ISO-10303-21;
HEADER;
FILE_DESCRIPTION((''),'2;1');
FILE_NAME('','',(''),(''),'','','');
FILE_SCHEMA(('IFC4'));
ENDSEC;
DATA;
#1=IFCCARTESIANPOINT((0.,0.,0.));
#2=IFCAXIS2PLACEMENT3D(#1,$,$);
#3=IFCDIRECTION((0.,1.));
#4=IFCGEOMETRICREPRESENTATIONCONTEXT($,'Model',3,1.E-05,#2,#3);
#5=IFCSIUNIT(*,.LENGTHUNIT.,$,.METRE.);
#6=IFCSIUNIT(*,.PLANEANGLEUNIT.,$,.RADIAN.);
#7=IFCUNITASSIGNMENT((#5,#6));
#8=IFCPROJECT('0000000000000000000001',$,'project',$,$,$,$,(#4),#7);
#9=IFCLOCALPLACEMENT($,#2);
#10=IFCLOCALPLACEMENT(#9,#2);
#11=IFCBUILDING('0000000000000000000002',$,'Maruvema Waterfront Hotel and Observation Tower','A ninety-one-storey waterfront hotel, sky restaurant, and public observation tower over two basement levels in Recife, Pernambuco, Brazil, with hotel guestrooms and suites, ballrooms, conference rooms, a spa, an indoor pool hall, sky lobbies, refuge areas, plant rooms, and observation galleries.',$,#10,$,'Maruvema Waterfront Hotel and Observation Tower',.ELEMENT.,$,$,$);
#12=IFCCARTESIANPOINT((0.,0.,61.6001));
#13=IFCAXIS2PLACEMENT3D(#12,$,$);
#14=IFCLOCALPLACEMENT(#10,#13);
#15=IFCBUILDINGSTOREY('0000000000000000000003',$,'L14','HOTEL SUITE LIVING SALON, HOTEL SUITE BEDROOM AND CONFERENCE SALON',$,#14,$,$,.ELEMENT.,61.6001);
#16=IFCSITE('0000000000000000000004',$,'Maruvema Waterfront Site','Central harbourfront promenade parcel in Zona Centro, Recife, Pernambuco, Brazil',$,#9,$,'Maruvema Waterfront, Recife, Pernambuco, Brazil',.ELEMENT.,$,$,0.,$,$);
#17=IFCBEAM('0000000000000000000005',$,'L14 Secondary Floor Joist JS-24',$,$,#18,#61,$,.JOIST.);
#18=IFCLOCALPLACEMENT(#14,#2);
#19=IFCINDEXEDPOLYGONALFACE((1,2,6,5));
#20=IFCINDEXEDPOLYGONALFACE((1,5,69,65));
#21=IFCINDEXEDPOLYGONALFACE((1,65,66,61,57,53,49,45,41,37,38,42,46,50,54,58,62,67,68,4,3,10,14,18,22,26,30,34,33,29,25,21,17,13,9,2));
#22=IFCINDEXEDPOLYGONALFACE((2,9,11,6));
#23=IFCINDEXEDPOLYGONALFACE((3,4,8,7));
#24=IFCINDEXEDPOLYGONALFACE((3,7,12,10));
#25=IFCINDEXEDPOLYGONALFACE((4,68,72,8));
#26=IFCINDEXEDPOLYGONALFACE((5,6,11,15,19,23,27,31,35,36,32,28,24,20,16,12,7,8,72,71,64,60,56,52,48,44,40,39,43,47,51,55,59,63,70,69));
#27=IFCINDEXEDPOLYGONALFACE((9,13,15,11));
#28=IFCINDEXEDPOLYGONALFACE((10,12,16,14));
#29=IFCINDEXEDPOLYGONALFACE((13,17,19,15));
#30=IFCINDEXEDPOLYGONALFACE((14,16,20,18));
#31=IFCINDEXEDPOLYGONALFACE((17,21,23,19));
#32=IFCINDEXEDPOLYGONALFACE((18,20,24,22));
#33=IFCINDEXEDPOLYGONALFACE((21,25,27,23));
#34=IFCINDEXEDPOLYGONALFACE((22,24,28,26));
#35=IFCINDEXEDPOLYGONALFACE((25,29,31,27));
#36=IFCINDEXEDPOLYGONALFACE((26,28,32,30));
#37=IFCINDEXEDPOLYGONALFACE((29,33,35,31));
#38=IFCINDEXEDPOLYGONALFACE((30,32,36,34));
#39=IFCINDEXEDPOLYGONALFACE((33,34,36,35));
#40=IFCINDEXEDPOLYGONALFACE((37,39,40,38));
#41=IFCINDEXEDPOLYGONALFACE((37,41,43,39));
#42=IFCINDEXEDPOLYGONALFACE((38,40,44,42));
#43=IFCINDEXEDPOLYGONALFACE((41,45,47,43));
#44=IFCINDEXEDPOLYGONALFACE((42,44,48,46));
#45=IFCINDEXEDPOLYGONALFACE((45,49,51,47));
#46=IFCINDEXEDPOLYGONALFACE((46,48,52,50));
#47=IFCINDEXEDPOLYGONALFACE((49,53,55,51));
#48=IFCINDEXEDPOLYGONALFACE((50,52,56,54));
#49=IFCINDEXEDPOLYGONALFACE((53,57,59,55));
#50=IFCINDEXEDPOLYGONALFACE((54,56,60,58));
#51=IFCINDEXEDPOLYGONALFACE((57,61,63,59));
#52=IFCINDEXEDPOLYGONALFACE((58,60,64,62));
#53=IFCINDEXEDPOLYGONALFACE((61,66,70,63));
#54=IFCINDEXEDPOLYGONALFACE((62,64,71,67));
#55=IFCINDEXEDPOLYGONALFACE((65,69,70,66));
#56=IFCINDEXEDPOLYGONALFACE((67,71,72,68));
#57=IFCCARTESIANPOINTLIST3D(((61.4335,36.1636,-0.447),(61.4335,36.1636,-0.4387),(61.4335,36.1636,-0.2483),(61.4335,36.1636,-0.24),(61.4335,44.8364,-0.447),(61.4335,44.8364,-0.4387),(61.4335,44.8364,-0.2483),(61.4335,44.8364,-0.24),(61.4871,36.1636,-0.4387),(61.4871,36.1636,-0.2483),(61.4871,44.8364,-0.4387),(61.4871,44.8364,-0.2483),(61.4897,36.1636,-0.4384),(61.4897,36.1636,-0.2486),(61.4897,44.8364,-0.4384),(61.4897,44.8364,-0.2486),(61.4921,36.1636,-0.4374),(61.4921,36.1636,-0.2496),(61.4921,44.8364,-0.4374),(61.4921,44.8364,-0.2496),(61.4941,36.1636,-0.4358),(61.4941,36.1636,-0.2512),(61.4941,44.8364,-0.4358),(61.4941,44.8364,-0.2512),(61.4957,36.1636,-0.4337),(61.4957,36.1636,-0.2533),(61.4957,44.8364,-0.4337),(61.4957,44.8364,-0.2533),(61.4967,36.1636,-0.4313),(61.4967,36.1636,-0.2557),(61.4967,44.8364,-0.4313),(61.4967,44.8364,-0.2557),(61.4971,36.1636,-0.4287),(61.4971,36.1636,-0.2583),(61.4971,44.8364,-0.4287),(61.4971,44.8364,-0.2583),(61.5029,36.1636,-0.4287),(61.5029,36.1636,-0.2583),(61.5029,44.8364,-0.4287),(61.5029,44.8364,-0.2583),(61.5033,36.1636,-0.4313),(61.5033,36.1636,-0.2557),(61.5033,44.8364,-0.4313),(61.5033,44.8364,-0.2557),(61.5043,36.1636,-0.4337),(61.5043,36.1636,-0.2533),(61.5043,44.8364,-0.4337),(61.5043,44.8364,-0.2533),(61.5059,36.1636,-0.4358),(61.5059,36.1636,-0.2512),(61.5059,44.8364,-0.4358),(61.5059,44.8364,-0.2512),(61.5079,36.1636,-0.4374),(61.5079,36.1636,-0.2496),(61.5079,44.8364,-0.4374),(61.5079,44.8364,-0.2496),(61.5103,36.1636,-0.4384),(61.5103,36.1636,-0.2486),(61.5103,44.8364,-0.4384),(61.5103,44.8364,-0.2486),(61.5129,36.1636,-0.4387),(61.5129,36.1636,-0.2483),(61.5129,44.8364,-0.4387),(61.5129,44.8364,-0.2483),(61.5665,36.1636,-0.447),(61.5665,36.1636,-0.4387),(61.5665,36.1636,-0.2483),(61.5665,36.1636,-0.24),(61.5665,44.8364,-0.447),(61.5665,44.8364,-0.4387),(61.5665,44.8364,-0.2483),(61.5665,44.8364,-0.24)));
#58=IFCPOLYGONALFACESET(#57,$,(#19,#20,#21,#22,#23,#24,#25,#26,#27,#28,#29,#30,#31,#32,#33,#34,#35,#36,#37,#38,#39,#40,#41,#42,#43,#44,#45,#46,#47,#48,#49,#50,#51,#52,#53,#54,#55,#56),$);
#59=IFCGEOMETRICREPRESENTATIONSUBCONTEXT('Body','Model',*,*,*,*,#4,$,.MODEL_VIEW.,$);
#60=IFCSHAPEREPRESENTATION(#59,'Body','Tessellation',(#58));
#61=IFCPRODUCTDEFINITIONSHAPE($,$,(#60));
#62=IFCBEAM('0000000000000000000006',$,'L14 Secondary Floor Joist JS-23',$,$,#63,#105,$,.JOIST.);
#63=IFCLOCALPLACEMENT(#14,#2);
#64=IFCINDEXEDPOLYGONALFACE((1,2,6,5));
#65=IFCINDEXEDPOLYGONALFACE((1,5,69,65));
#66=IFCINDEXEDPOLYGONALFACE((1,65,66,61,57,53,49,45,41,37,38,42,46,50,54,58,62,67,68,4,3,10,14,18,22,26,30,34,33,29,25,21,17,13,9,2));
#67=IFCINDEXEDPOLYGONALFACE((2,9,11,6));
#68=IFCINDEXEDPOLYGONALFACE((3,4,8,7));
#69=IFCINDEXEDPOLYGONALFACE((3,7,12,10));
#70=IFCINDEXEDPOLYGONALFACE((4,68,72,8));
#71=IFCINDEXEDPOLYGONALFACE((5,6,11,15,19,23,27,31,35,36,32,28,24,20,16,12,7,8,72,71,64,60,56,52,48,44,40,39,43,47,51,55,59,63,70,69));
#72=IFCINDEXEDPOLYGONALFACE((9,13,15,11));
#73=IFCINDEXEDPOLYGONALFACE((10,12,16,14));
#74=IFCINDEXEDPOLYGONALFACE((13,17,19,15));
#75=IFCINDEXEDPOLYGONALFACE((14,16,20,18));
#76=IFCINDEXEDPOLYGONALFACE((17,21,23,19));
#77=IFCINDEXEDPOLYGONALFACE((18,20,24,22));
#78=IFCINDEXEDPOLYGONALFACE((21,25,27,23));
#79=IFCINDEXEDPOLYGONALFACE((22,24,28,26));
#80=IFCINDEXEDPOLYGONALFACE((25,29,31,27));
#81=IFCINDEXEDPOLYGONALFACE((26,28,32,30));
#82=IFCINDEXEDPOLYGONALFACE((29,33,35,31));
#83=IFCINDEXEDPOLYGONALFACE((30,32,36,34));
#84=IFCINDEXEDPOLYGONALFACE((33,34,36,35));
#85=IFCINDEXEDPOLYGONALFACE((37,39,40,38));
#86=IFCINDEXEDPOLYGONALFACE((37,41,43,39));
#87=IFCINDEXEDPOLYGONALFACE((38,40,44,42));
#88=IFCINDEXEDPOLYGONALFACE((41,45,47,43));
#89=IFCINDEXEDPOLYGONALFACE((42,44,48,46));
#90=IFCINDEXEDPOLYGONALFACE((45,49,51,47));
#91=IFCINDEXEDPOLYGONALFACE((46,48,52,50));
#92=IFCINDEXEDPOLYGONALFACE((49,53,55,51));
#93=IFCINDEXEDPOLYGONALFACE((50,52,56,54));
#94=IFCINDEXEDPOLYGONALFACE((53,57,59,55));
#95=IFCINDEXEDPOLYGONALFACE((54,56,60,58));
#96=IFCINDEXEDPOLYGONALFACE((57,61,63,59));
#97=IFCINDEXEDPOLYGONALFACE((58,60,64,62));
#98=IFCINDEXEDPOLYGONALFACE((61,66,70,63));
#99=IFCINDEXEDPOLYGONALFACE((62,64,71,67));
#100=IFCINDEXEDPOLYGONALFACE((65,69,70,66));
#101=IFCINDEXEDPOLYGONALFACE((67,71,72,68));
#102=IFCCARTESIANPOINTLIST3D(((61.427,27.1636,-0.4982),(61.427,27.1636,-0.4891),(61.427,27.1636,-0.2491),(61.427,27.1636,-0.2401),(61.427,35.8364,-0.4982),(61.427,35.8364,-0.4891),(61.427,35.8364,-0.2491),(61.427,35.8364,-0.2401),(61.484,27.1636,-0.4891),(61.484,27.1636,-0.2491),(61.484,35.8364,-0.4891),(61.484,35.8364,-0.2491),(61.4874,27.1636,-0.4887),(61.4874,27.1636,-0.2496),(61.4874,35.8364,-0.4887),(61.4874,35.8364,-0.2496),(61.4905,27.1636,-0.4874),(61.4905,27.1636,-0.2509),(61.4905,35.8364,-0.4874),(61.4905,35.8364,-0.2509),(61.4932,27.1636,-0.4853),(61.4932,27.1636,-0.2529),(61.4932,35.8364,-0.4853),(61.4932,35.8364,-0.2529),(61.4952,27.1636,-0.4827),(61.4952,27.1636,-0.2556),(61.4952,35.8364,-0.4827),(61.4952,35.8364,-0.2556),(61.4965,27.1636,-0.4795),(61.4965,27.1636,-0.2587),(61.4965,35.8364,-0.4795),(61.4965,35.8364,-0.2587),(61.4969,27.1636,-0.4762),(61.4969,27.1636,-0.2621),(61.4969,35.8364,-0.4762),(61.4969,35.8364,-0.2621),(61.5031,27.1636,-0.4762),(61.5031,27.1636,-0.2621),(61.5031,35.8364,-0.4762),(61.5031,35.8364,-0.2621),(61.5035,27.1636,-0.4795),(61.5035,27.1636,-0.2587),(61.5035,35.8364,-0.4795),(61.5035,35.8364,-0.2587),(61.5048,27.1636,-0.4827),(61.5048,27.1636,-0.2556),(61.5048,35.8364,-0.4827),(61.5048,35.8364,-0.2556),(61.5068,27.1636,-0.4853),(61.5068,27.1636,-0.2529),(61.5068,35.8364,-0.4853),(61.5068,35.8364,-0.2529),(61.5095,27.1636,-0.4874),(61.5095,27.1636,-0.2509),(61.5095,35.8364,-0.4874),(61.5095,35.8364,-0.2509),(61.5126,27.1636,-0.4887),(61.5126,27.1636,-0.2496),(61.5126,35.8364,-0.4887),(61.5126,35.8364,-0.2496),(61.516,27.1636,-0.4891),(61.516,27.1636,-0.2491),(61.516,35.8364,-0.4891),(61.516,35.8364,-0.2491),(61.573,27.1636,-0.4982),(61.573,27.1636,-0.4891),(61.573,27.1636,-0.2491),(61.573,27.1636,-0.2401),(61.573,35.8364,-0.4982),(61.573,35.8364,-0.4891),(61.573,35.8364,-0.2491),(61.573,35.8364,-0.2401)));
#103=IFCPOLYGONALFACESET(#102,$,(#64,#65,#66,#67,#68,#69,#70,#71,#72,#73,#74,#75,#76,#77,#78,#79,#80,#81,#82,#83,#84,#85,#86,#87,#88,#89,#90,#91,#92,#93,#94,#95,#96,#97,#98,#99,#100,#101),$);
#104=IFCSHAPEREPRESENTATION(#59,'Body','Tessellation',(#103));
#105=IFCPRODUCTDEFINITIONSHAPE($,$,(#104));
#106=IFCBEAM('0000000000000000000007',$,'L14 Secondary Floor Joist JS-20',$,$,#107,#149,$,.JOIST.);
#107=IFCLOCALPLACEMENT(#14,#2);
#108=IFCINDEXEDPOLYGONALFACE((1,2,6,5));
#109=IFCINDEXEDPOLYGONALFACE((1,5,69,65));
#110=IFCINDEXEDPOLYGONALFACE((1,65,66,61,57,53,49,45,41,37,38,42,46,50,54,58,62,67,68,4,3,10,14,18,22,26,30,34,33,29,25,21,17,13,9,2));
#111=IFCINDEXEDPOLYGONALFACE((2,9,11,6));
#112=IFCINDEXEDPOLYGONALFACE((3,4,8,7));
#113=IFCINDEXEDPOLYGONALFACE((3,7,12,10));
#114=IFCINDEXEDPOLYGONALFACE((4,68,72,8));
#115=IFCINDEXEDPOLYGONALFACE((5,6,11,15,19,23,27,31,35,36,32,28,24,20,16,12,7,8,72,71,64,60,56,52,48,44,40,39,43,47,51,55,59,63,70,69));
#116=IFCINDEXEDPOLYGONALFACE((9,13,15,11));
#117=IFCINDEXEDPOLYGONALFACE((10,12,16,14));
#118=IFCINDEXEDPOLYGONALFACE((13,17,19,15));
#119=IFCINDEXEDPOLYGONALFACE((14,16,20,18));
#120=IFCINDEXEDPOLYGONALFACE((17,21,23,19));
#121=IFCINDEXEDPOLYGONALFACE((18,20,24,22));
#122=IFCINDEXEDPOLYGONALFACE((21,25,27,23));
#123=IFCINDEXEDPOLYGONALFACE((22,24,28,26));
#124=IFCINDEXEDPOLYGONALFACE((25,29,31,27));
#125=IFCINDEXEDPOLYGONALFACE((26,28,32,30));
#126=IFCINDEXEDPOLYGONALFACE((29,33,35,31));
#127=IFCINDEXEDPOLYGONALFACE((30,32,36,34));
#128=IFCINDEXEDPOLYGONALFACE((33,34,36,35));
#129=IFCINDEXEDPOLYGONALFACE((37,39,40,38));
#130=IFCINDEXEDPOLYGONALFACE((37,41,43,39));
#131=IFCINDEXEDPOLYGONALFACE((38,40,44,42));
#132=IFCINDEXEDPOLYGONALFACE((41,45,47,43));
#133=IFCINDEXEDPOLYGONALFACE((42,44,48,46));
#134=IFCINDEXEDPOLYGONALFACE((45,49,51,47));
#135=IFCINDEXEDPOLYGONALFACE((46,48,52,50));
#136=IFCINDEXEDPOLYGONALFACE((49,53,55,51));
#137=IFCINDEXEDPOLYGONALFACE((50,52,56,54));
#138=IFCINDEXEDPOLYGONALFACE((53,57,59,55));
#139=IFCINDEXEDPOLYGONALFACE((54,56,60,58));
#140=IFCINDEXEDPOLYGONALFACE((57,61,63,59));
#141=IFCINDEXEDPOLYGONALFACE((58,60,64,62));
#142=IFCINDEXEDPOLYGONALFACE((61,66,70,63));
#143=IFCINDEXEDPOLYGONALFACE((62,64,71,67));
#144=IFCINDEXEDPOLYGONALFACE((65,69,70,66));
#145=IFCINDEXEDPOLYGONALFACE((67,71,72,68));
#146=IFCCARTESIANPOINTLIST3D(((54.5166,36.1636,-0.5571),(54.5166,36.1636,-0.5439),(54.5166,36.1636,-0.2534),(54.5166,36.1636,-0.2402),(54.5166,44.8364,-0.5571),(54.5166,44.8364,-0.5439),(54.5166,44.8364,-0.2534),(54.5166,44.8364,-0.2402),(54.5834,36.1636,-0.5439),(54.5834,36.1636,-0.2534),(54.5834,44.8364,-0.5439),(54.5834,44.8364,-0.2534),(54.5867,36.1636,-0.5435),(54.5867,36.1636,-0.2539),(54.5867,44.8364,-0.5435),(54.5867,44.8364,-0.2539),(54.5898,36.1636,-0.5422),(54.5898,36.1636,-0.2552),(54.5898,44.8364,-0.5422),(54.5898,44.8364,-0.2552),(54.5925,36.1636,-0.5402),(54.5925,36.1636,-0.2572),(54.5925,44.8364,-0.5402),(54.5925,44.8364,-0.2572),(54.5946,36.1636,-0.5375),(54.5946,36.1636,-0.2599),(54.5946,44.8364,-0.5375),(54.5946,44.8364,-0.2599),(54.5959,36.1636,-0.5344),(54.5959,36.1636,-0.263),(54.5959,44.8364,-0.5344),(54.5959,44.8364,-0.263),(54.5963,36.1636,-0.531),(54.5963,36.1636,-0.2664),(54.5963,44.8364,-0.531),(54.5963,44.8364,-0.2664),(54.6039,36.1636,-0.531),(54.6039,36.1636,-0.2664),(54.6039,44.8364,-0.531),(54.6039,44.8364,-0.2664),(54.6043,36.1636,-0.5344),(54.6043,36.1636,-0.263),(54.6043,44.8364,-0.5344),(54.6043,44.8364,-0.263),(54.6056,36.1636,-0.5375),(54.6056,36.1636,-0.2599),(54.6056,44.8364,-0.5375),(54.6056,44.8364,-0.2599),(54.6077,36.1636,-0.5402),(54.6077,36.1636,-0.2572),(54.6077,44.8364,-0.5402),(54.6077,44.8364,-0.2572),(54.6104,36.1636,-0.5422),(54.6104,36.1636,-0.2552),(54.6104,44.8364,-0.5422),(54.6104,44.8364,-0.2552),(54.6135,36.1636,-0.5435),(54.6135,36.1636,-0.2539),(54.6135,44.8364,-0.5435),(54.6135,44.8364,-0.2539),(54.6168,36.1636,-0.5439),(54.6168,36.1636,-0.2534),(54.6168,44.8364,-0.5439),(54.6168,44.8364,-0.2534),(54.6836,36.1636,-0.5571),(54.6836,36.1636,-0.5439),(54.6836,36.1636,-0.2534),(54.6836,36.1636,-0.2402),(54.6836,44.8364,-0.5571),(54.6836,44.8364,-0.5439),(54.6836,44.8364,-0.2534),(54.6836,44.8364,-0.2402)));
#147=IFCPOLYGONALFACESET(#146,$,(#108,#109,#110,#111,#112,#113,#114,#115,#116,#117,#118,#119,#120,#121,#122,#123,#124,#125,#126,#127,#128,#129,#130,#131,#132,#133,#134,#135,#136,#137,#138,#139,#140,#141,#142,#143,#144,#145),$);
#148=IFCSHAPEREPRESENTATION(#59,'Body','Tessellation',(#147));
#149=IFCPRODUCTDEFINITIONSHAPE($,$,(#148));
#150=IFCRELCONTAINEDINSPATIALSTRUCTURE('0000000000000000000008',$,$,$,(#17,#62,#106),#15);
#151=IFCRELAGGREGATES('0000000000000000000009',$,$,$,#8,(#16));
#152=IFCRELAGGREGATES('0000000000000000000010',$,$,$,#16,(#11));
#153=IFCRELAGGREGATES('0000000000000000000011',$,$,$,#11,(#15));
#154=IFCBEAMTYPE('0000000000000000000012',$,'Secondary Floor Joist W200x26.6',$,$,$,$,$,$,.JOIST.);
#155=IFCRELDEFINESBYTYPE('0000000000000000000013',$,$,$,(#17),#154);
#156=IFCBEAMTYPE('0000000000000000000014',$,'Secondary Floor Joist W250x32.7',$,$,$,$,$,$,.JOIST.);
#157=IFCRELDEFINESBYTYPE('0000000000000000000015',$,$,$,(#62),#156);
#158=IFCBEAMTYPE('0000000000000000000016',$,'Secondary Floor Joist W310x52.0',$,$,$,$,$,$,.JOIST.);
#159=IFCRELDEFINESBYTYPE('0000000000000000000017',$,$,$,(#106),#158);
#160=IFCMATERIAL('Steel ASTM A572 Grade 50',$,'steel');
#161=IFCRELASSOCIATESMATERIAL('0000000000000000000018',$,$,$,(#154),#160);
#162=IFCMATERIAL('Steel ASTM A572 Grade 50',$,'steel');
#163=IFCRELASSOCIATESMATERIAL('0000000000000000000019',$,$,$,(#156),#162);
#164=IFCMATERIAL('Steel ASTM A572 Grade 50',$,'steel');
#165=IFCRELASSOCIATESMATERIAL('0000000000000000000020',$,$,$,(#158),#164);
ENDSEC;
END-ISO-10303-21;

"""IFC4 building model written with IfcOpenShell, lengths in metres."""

from ifc_helpers import new_model, si_unit, direction, frame, origin, origin_2d, place, context, subcontext, project, spatial, i_section, extrude, material, material_profile, profile_set, type_object, element, save


model = new_model("IFC4")

# Units and contexts
model_context = context("Model", 3, precision=1e-05, world=origin(), true_north=direction((0.0, 1.0)))
body_context = subcontext(model_context, "Body", "Model", "MODEL_VIEW")
ifc_project = project(units=[si_unit("LENGTHUNIT", "METRE"), si_unit("PLANEANGLEUNIT", "RADIAN")], contexts=[model_context])

# Site, building, storey
site_placement = place(None, origin())
site = spatial("IfcSite", under=ifc_project, at=site_placement, Name="Maruvema Waterfront Site", Description="Central harbourfront promenade parcel in Zona Centro, Recife, Pernambuco, Brazil", LongName="Maruvema Waterfront, Recife, Pernambuco, Brazil", CompositionType="ELEMENT", RefElevation=0.0)
building_placement = place(site_placement, origin())
building = spatial("IfcBuilding", under=site, at=building_placement, Name="Maruvema Waterfront Hotel and Observation Tower", Description="A ninety-one-storey waterfront hotel, sky restaurant, and public observation tower over two basement levels in Recife, Pernambuco, Brazil, with hotel guestrooms and suites, ballrooms, conference rooms, a spa, an indoor pool hall, sky lobbies, refuge areas, plant rooms, and observation galleries.", LongName="Maruvema Waterfront Hotel and Observation Tower", CompositionType="ELEMENT")
storey_placement = place(building_placement, frame((0.0, 0.0, 61.6001)))
storey = spatial("IfcBuildingStorey", under=building, at=storey_placement, Name="L14", Description="HOTEL SUITE LIVING SALON, HOTEL SUITE BEDROOM AND CONFERENCE SALON", CompositionType="ELEMENT", Elevation=61.6001)

# Beams
ifc_material_1 = material(Name="Steel ASTM A572 Grade 50", Category="steel")
ifc_material_profile_1 = material_profile(ifc_material_1, i_section(OverallWidth=0.1331, OverallDepth=0.207, WebThickness=0.0059, FlangeThickness=0.0083, FilletRadius=0.01, at=origin_2d()), Name="W200x26.6")
ifc_profile_set_1 = profile_set([ifc_material_profile_1], Name="Steel ASTM A572 Grade 50")
beam_type_1 = type_object("IfcBeamType", Name="Secondary Floor Joist W200x26.6", PredefinedType="JOIST", material=ifc_profile_set_1)
beam_1_placement = place(storey_placement, frame((61.5, 36.1636, -0.3435), z_axis=(0.0, 1.0, 0.0), x_axis=(-1.0, 0.0, 0.0)))
element("IfcBeam", 1, at=beam_1_placement, inside=storey, type_object=beam_type_1, Name="L14 Secondary Floor Joist JS-24", PredefinedType="JOIST", context=body_context, shape_type="SweptSolid", body=[
    extrude(i_section(OverallWidth=0.1331, OverallDepth=0.207, WebThickness=0.0059, FlangeThickness=0.0083, FilletRadius=0.01, at=origin_2d()), origin(), (0.0, 0.0, 1.0), 8.6729),
])
ifc_material_2 = material(Name="Steel ASTM A572 Grade 50", Category="steel")
ifc_material_profile_2 = material_profile(ifc_material_2, i_section(OverallWidth=0.146, OverallDepth=0.2581, WebThickness=0.0061, FlangeThickness=0.009, FilletRadius=0.0129, at=origin_2d()), Name="W250x32.7")
ifc_profile_set_2 = profile_set([ifc_material_profile_2], Name="Steel ASTM A572 Grade 50")
beam_type_2 = type_object("IfcBeamType", Name="Secondary Floor Joist W250x32.7", PredefinedType="JOIST", material=ifc_profile_set_2)
beam_2_placement = place(storey_placement, frame((61.5, 27.1636, -0.3691), z_axis=(0.0, 1.0, 0.0), x_axis=(-1.0, 0.0, 0.0)))
element("IfcBeam", 2, at=beam_2_placement, inside=storey, type_object=beam_type_2, Name="L14 Secondary Floor Joist JS-23", PredefinedType="JOIST", context=body_context, shape_type="SweptSolid", body=[
    extrude(i_section(OverallWidth=0.146, OverallDepth=0.2581, WebThickness=0.0061, FlangeThickness=0.009, FilletRadius=0.0129, at=origin_2d()), origin(), (0.0, 0.0, 1.0), 8.6729),
])
ifc_material_3 = material(Name="Steel ASTM A572 Grade 50", Category="steel")
ifc_material_profile_3 = material_profile(ifc_material_3, i_section(OverallWidth=0.167, OverallDepth=0.3169, WebThickness=0.0076, FlangeThickness=0.0132, FilletRadius=0.0129, at=origin_2d()), Name="W310x52.0")
ifc_profile_set_3 = profile_set([ifc_material_profile_3], Name="Steel ASTM A572 Grade 50")
beam_type_3 = type_object("IfcBeamType", Name="Secondary Floor Joist W310x52.0", PredefinedType="JOIST", material=ifc_profile_set_3)
beam_3_placement = place(storey_placement, frame((54.6001, 36.1636, -0.3987), z_axis=(0.0, 1.0, 0.0), x_axis=(-1.0, 0.0, 0.0)))
element("IfcBeam", 3, at=beam_3_placement, inside=storey, type_object=beam_type_3, Name="L14 Secondary Floor Joist JS-20", PredefinedType="JOIST", context=body_context, shape_type="SweptSolid", body=[
    extrude(i_section(OverallWidth=0.167, OverallDepth=0.3169, WebThickness=0.0076, FlangeThickness=0.0132, FilletRadius=0.0129, at=origin_2d()), origin(), (0.0, 0.0, 1.0), 8.6729),
])

save(model, "model.ifc")
